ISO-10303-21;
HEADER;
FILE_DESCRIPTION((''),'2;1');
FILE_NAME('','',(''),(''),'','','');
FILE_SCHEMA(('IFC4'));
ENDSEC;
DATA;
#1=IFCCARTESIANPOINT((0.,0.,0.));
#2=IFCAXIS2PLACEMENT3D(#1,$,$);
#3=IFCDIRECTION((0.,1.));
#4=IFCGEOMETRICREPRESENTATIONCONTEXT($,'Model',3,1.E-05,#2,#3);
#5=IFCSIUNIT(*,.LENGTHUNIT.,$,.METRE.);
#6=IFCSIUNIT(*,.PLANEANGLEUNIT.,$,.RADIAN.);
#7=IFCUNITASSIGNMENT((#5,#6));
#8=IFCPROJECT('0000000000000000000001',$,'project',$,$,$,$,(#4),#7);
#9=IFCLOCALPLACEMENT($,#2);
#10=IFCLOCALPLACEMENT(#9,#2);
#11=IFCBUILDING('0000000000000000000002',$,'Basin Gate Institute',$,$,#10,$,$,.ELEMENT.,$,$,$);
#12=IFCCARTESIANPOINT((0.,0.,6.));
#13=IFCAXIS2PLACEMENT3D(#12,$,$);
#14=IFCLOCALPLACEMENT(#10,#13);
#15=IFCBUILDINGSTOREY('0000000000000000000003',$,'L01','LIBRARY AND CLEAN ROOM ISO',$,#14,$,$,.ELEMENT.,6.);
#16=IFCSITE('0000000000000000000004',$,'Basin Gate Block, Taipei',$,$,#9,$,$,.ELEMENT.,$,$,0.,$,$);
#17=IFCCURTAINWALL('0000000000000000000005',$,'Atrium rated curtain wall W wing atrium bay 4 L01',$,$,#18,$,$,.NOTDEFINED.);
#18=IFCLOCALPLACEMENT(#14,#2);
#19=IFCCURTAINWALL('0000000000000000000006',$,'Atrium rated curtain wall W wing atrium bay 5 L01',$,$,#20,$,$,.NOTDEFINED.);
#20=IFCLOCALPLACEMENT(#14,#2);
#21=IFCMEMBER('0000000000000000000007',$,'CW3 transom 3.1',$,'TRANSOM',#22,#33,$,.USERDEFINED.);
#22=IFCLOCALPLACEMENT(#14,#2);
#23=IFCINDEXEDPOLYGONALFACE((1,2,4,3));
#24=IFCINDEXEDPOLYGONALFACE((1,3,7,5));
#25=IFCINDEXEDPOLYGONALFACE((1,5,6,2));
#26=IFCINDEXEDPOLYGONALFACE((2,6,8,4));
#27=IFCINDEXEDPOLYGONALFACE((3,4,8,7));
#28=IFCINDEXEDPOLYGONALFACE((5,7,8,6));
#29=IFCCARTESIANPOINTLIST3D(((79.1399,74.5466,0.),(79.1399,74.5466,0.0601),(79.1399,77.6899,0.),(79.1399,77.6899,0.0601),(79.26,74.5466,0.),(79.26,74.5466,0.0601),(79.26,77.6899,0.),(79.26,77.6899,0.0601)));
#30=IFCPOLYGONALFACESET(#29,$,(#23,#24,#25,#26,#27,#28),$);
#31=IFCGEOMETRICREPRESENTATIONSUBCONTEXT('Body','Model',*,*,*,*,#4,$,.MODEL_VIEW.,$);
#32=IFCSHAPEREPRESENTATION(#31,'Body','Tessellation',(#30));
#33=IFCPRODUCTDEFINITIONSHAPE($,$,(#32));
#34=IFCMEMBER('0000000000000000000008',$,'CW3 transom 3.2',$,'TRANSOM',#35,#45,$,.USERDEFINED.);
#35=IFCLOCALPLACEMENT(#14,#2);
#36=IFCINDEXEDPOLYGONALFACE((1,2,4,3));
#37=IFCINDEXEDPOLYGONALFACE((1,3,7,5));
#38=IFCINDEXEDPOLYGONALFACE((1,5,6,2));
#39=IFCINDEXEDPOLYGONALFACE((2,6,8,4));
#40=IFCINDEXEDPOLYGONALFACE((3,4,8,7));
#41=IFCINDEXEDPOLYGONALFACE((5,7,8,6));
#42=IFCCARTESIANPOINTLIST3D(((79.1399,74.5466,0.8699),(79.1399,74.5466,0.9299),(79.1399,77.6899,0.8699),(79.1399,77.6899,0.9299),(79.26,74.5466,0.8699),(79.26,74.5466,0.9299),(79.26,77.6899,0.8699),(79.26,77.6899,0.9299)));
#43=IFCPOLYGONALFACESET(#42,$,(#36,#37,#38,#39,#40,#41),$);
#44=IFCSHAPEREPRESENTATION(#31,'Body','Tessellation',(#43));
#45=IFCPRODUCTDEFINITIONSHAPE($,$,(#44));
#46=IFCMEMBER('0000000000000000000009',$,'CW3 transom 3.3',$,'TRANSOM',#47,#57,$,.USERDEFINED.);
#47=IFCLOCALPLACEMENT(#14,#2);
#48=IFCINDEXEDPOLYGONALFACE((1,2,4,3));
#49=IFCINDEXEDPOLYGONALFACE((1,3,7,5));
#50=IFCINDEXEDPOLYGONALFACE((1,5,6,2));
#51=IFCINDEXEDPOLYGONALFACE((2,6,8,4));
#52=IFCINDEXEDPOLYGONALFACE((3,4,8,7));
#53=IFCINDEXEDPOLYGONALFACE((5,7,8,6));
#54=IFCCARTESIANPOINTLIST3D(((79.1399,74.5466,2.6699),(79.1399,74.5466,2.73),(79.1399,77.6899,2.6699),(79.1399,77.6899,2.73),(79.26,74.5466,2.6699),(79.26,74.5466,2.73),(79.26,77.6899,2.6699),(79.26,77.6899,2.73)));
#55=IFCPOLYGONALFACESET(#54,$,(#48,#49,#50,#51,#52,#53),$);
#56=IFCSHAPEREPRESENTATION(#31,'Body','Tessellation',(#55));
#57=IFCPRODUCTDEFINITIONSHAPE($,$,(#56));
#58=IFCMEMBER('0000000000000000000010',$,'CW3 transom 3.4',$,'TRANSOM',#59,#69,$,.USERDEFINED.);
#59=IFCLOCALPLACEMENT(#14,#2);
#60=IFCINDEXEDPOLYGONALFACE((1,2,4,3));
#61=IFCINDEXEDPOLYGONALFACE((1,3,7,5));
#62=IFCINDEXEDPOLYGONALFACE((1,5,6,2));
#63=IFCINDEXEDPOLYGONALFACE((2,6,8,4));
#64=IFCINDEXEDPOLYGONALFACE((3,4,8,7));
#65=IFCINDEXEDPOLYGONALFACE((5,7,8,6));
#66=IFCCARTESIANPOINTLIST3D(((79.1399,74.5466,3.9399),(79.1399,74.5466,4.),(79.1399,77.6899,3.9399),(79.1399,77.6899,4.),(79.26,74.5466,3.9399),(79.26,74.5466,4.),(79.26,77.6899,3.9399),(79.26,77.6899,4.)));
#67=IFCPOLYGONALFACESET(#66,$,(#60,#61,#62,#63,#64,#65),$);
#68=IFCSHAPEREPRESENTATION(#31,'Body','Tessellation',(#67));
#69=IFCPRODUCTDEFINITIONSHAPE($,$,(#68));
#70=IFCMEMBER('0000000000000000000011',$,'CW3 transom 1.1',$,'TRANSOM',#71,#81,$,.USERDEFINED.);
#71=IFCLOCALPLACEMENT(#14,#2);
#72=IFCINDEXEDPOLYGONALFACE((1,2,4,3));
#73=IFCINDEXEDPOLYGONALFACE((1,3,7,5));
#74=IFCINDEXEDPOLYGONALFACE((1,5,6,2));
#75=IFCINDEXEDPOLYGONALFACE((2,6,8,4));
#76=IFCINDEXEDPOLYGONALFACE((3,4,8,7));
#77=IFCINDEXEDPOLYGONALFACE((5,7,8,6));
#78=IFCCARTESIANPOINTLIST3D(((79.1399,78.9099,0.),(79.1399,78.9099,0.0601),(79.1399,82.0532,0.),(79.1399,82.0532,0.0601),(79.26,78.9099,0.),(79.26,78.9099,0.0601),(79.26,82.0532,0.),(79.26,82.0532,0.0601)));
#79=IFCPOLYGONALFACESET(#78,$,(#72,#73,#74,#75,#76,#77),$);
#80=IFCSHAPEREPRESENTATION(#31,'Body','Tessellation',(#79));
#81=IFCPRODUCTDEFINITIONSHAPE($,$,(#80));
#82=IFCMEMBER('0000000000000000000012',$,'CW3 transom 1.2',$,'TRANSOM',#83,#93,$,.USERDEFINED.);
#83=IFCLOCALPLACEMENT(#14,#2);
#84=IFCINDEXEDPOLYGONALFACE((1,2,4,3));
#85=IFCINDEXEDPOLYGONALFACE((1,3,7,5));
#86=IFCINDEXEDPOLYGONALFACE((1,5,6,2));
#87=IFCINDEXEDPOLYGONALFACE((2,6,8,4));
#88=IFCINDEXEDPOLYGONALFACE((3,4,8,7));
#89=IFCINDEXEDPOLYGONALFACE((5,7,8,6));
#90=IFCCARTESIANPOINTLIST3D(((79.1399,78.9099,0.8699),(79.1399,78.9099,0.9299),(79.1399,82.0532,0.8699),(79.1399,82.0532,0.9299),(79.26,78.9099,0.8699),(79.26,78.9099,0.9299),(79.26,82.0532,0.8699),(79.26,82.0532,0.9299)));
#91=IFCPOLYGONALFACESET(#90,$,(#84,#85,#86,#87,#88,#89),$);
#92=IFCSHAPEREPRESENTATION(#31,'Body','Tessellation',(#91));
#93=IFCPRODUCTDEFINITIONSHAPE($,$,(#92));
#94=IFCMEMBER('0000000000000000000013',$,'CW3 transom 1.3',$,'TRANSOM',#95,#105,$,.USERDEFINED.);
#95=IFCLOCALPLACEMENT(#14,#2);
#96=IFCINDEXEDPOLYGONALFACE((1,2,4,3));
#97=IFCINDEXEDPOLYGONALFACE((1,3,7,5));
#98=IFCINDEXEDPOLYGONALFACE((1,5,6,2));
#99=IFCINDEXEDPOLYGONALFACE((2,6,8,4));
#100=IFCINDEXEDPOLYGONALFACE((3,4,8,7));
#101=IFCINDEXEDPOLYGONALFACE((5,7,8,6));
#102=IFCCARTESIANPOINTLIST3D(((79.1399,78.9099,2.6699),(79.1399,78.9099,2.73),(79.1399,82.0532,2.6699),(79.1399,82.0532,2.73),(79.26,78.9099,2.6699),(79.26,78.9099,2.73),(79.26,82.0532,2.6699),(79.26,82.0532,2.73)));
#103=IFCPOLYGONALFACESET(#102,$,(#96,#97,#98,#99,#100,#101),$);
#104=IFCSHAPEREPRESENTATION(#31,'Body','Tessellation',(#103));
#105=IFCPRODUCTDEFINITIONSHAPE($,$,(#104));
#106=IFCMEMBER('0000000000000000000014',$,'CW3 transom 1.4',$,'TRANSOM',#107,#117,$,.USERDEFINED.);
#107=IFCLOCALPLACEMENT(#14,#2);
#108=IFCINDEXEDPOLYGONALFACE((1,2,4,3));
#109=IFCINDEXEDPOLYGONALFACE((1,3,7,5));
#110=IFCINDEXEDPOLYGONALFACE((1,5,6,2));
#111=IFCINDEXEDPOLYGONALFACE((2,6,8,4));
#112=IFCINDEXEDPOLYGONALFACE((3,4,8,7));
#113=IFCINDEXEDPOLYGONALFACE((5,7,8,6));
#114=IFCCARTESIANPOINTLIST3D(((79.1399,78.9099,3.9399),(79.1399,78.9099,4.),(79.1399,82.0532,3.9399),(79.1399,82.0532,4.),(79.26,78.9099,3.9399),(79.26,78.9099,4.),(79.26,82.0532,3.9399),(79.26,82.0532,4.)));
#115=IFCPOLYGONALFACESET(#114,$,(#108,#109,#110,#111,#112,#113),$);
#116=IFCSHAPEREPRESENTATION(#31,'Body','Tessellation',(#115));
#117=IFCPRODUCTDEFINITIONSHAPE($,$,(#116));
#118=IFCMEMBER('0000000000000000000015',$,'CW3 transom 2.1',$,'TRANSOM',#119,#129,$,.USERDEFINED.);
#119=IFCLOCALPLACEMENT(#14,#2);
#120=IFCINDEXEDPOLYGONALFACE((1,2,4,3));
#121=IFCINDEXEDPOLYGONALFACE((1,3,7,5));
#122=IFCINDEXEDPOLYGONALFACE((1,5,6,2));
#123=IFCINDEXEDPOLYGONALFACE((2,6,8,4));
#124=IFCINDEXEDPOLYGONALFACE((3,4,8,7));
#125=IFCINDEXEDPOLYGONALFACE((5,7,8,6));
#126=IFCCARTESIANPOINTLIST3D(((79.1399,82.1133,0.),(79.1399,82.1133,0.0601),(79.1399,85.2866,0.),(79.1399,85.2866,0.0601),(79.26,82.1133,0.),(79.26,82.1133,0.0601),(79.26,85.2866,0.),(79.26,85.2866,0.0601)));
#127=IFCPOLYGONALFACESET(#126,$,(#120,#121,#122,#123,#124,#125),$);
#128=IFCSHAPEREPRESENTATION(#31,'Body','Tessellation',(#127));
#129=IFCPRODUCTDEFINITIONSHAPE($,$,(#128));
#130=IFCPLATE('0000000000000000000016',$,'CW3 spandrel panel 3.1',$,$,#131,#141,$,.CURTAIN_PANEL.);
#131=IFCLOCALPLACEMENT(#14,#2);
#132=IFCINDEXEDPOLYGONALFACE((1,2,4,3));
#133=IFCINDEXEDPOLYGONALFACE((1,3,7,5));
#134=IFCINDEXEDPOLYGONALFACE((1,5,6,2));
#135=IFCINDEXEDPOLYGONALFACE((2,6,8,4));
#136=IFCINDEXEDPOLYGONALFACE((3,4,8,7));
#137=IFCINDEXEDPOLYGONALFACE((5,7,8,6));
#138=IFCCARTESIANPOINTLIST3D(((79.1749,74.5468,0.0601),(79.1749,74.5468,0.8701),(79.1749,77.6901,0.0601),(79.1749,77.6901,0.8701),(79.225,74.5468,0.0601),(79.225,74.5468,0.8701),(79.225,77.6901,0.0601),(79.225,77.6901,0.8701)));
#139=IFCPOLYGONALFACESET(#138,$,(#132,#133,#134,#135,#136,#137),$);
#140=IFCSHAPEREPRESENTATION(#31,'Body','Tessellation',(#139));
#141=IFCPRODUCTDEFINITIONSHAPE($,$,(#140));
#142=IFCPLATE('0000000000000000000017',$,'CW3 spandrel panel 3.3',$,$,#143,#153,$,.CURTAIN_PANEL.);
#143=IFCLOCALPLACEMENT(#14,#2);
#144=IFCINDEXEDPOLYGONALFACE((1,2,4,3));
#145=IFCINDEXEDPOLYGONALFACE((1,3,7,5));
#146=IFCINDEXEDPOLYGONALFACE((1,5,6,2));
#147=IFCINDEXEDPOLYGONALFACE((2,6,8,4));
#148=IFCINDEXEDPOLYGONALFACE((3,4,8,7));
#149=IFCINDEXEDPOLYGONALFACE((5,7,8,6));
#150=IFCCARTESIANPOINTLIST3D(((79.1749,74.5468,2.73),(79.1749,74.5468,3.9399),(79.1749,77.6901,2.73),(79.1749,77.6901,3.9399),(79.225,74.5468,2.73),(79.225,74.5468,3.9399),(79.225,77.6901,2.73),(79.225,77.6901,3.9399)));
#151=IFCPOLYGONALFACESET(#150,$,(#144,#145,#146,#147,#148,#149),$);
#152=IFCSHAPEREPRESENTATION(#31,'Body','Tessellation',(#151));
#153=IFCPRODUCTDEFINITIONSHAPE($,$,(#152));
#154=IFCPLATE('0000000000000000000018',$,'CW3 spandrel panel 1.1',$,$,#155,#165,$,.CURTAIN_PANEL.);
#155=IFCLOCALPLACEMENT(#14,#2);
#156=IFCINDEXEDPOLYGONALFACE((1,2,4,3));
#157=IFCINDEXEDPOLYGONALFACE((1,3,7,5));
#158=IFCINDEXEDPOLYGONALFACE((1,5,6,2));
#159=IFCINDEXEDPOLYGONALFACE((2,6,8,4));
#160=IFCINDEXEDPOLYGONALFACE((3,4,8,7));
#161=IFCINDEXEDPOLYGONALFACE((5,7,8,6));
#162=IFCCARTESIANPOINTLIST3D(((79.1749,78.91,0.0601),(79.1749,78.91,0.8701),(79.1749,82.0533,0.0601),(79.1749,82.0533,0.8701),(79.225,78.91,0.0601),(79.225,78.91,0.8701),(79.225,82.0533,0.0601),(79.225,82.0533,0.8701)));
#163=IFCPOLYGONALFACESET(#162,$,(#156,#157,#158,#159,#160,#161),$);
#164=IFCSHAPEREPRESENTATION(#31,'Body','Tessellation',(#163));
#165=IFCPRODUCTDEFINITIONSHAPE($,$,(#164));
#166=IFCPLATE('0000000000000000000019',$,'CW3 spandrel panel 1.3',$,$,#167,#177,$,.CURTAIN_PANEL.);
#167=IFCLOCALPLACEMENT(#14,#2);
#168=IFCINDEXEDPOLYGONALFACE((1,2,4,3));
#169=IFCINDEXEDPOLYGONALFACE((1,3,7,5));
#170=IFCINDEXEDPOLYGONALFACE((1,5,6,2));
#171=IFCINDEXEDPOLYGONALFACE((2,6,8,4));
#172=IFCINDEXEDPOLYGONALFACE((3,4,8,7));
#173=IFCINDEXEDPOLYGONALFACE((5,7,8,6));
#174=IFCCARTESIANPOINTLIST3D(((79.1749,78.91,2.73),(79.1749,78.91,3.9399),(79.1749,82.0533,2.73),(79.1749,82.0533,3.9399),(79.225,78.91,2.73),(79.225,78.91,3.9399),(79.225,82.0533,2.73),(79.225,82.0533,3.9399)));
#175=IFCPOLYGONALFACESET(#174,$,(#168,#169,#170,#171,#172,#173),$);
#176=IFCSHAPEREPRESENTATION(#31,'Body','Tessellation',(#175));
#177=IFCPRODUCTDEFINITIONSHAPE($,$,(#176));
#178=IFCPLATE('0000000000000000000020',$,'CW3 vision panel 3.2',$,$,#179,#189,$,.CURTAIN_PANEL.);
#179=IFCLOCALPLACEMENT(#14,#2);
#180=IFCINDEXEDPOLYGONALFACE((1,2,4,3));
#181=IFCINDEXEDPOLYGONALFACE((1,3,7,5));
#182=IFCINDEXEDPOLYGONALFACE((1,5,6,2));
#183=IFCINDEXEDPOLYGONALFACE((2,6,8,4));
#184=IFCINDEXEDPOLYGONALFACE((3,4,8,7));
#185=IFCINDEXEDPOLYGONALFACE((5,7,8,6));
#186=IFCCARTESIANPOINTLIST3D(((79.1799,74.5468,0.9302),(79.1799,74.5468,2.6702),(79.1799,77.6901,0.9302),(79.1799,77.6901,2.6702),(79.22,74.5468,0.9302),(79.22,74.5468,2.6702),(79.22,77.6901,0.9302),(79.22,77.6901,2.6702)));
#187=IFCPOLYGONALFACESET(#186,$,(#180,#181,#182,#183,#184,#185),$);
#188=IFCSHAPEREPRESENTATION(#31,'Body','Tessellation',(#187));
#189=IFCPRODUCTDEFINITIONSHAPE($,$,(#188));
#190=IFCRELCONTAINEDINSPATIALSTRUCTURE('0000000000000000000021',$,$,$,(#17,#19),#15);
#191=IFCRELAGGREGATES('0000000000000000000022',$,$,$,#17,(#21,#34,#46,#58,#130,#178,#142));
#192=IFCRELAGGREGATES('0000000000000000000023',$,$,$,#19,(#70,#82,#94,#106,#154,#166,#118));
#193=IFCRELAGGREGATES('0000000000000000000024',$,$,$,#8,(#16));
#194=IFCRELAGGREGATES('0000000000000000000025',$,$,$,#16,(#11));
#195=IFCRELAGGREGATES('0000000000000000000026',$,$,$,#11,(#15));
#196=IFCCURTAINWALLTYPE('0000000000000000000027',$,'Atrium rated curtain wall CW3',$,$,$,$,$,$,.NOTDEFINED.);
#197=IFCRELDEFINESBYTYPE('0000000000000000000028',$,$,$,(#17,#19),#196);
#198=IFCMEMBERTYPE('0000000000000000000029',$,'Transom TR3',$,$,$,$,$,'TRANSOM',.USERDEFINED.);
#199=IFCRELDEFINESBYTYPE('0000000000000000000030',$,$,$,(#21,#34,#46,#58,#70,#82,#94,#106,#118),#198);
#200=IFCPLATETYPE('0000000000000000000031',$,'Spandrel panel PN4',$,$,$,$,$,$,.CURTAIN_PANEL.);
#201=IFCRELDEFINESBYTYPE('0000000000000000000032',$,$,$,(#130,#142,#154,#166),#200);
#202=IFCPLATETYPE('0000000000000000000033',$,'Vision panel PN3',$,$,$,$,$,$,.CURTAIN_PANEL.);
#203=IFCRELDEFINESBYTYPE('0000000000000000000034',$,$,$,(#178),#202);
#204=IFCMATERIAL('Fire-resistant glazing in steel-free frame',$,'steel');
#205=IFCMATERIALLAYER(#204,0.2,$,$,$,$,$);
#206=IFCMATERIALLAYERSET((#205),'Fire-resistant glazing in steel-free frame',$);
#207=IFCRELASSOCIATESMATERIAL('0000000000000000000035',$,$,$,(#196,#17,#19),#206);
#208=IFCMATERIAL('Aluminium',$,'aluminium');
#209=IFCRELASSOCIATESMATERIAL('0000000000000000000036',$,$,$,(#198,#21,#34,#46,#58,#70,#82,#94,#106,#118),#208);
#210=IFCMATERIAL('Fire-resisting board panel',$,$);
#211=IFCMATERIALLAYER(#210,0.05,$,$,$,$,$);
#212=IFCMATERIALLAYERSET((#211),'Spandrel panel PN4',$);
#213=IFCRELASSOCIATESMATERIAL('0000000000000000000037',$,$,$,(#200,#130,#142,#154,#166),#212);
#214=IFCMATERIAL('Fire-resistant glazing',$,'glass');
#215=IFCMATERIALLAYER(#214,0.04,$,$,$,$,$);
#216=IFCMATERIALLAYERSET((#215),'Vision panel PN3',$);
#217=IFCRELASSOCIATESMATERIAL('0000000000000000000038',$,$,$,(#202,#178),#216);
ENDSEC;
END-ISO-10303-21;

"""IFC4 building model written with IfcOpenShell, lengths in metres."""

from ifc_helpers import new_model, si_unit, direction, frame, origin, origin_2d, place, context, subcontext, project, spatial, rectangle, extrude, material, layer, layer_set, material_profile, profile_set, type_object, element, aggregate, save


model = new_model("IFC4")

# Units and contexts
model_context = context("Model", 3, precision=1e-05, world=origin(), true_north=direction((0.0, 1.0)))
body_context = subcontext(model_context, "Body", "Model", "MODEL_VIEW")
ifc_project = project(units=[si_unit("LENGTHUNIT", "METRE"), si_unit("PLANEANGLEUNIT", "RADIAN")], contexts=[model_context])

# Site, building, storey
site_placement = place(None, origin())
site = spatial("IfcSite", under=ifc_project, at=site_placement, Name="Basin Gate Block, Taipei", CompositionType="ELEMENT", RefElevation=0.0)
building_placement = place(site_placement, origin())
building = spatial("IfcBuilding", under=site, at=building_placement, Name="Basin Gate Institute", CompositionType="ELEMENT")
storey_placement = place(building_placement, frame((0.0, 0.0, 6.0)))
storey = spatial("IfcBuildingStorey", under=building, at=storey_placement, Name="L01", Description="LIBRARY AND CLEAN ROOM ISO", CompositionType="ELEMENT", Elevation=6.0)

# Curtain walls
ifc_material_1 = material(Name="Fire-resistant glazing in steel-free frame", Category="steel")
ifc_layer_1 = layer(ifc_material_1, 0.2)
ifc_layer_set_1 = layer_set([ifc_layer_1], Name="Fire-resistant glazing in steel-free frame")
curtain_wall_type = type_object("IfcCurtainWallType", Name="Atrium rated curtain wall CW3", PredefinedType="NOTDEFINED", material=ifc_layer_set_1)
curtain_wall_1_placement = place(storey_placement, origin())
curtain_wall_1 = element("IfcCurtainWall", 1, at=curtain_wall_1_placement, inside=storey, type_object=curtain_wall_type, material=ifc_layer_set_1, Name="Atrium rated curtain wall W wing atrium bay 4 L01", PredefinedType="NOTDEFINED")
curtain_wall_2_placement = place(storey_placement, origin())
curtain_wall_2 = element("IfcCurtainWall", 2, at=curtain_wall_2_placement, inside=storey, type_object=curtain_wall_type, material=ifc_layer_set_1, Name="Atrium rated curtain wall W wing atrium bay 5 L01", PredefinedType="NOTDEFINED")

# Members
ifc_material_2 = material(Name="Aluminium", Category="aluminium")
ifc_material_profile_1 = material_profile(ifc_material_2, rectangle(XDim=0.1201, YDim=0.0601, at=origin_2d()), Name="Transom TR3 120 x 60")
ifc_profile_set_1 = profile_set([ifc_material_profile_1], Name="Aluminium")
member_type_1 = type_object("IfcMemberType", Name="Transom TR3", ElementType="TRANSOM", PredefinedType="USERDEFINED", material=ifc_profile_set_1)
member_1_placement = place(storey_placement, frame((79.2, 74.5466, 0.03), z_axis=(0.0, 1.0, 0.0), x_axis=(-1.0, 0.0, 0.0)))
member_1 = element("IfcMember", 3, at=member_1_placement, type_object=member_type_1, material=ifc_profile_set_1, Name="CW3 transom 3.1", ObjectType="TRANSOM", PredefinedType="USERDEFINED", context=body_context, shape_type="SweptSolid", body=[
    extrude(rectangle(XDim=0.1201, YDim=0.0601, at=origin_2d()), origin(), (0.0, 0.0, 1.0), 3.1433),
])
member_2_placement = place(storey_placement, frame((79.2, 74.5466, 0.8999), z_axis=(0.0, 1.0, 0.0), x_axis=(-1.0, 0.0, 0.0)))
member_2 = element("IfcMember", 4, at=member_2_placement, type_object=member_type_1, material=ifc_profile_set_1, Name="CW3 transom 3.2", ObjectType="TRANSOM", PredefinedType="USERDEFINED", context=body_context, shape_type="SweptSolid", body=[
    extrude(rectangle(XDim=0.1201, YDim=0.0601, at=origin_2d()), origin(), (0.0, 0.0, 1.0), 3.1433),
])
member_3_placement = place(storey_placement, frame((79.2, 74.5466, 2.7), z_axis=(0.0, 1.0, 0.0), x_axis=(-1.0, 0.0, 0.0)))
member_3 = element("IfcMember", 5, at=member_3_placement, type_object=member_type_1, material=ifc_profile_set_1, Name="CW3 transom 3.3", ObjectType="TRANSOM", PredefinedType="USERDEFINED", context=body_context, shape_type="SweptSolid", body=[
    extrude(rectangle(XDim=0.1201, YDim=0.0601, at=origin_2d()), origin(), (0.0, 0.0, 1.0), 3.1433),
])
member_4_placement = place(storey_placement, frame((79.2, 74.5466, 3.97), z_axis=(0.0, 1.0, 0.0), x_axis=(-1.0, 0.0, 0.0)))
member_4 = element("IfcMember", 6, at=member_4_placement, type_object=member_type_1, material=ifc_profile_set_1, Name="CW3 transom 3.4", ObjectType="TRANSOM", PredefinedType="USERDEFINED", context=body_context, shape_type="SweptSolid", body=[
    extrude(rectangle(XDim=0.1201, YDim=0.0601, at=origin_2d()), origin(), (0.0, 0.0, 1.0), 3.1433),
])
member_5_placement = place(storey_placement, frame((79.2, 78.9099, 0.03), z_axis=(0.0, 1.0, 0.0), x_axis=(-1.0, 0.0, 0.0)))
member_5 = element("IfcMember", 7, at=member_5_placement, type_object=member_type_1, material=ifc_profile_set_1, Name="CW3 transom 1.1", ObjectType="TRANSOM", PredefinedType="USERDEFINED", context=body_context, shape_type="SweptSolid", body=[
    extrude(rectangle(XDim=0.1201, YDim=0.0601, at=origin_2d()), origin(), (0.0, 0.0, 1.0), 3.1433),
])
member_6_placement = place(storey_placement, frame((79.2, 78.9099, 0.8999), z_axis=(0.0, 1.0, 0.0), x_axis=(-1.0, 0.0, 0.0)))
member_6 = element("IfcMember", 8, at=member_6_placement, type_object=member_type_1, material=ifc_profile_set_1, Name="CW3 transom 1.2", ObjectType="TRANSOM", PredefinedType="USERDEFINED", context=body_context, shape_type="SweptSolid", body=[
    extrude(rectangle(XDim=0.1201, YDim=0.0601, at=origin_2d()), origin(), (0.0, 0.0, 1.0), 3.1433),
])
member_7_placement = place(storey_placement, frame((79.2, 78.9099, 2.7), z_axis=(0.0, 1.0, 0.0), x_axis=(-1.0, 0.0, 0.0)))
member_7 = element("IfcMember", 9, at=member_7_placement, type_object=member_type_1, material=ifc_profile_set_1, Name="CW3 transom 1.3", ObjectType="TRANSOM", PredefinedType="USERDEFINED", context=body_context, shape_type="SweptSolid", body=[
    extrude(rectangle(XDim=0.1201, YDim=0.0601, at=origin_2d()), origin(), (0.0, 0.0, 1.0), 3.1433),
])
member_8_placement = place(storey_placement, frame((79.2, 78.9099, 3.97), z_axis=(0.0, 1.0, 0.0), x_axis=(-1.0, 0.0, 0.0)))
member_8 = element("IfcMember", 10, at=member_8_placement, type_object=member_type_1, material=ifc_profile_set_1, Name="CW3 transom 1.4", ObjectType="TRANSOM", PredefinedType="USERDEFINED", context=body_context, shape_type="SweptSolid", body=[
    extrude(rectangle(XDim=0.1201, YDim=0.0601, at=origin_2d()), origin(), (0.0, 0.0, 1.0), 3.1433),
])
member_9_placement = place(storey_placement, frame((79.2, 82.1133, 0.03), z_axis=(0.0, 1.0, 0.0), x_axis=(-1.0, 0.0, 0.0)))
member_9 = element("IfcMember", 11, at=member_9_placement, type_object=member_type_1, material=ifc_profile_set_1, Name="CW3 transom 2.1", ObjectType="TRANSOM", PredefinedType="USERDEFINED", context=body_context, shape_type="SweptSolid", body=[
    extrude(rectangle(XDim=0.1201, YDim=0.0601, at=origin_2d()), origin(), (0.0, 0.0, 1.0), 3.1733),
])

# Plates
ifc_material_3 = material(Name="Fire-resisting board panel")
ifc_layer_2 = layer(ifc_material_3, 0.05)
ifc_layer_set_2 = layer_set([ifc_layer_2], Name="Spandrel panel PN4")
plate_type_1 = type_object("IfcPlateType", Name="Spandrel panel PN4", PredefinedType="CURTAIN_PANEL", material=ifc_layer_set_2)
plate_1_placement = place(storey_placement, frame((79.2, 76.1184, 0.0601), z_axis=(0.0, 0.0, 1.0), x_axis=(0.0, 1.0, 0.0)))
plate_1 = element("IfcPlate", 12, at=plate_1_placement, type_object=plate_type_1, material=ifc_layer_set_2, Name="CW3 spandrel panel 3.1", PredefinedType="CURTAIN_PANEL", context=body_context, shape_type="SweptSolid", body=[
    extrude(rectangle(XDim=3.1433, YDim=0.05, at=origin_2d()), origin(), (0.0, 0.0, 1.0), 0.8101),
])
plate_2_placement = place(storey_placement, frame((79.2, 76.1184, 2.73), z_axis=(0.0, 0.0, 1.0), x_axis=(0.0, 1.0, 0.0)))
plate_2 = element("IfcPlate", 13, at=plate_2_placement, type_object=plate_type_1, material=ifc_layer_set_2, Name="CW3 spandrel panel 3.3", PredefinedType="CURTAIN_PANEL", context=body_context, shape_type="SweptSolid", body=[
    extrude(rectangle(XDim=3.1433, YDim=0.05, at=origin_2d()), origin(), (0.0, 0.0, 1.0), 1.21),
])
plate_3_placement = place(storey_placement, frame((79.2, 80.4817, 0.0601), z_axis=(0.0, 0.0, 1.0), x_axis=(0.0, 1.0, 0.0)))
plate_3 = element("IfcPlate", 14, at=plate_3_placement, type_object=plate_type_1, material=ifc_layer_set_2, Name="CW3 spandrel panel 1.1", PredefinedType="CURTAIN_PANEL", context=body_context, shape_type="SweptSolid", body=[
    extrude(rectangle(XDim=3.1433, YDim=0.05, at=origin_2d()), origin(), (0.0, 0.0, 1.0), 0.8101),
])
plate_4_placement = place(storey_placement, frame((79.2, 80.4817, 2.73), z_axis=(0.0, 0.0, 1.0), x_axis=(0.0, 1.0, 0.0)))
plate_4 = element("IfcPlate", 15, at=plate_4_placement, type_object=plate_type_1, material=ifc_layer_set_2, Name="CW3 spandrel panel 1.3", PredefinedType="CURTAIN_PANEL", context=body_context, shape_type="SweptSolid", body=[
    extrude(rectangle(XDim=3.1433, YDim=0.05, at=origin_2d()), origin(), (0.0, 0.0, 1.0), 1.21),
])
ifc_material_4 = material(Name="Fire-resistant glazing", Category="glass")
ifc_layer_3 = layer(ifc_material_4, 0.04)
ifc_layer_set_3 = layer_set([ifc_layer_3], Name="Vision panel PN3")
plate_type_2 = type_object("IfcPlateType", Name="Vision panel PN3", PredefinedType="CURTAIN_PANEL", material=ifc_layer_set_3)
plate_5_placement = place(storey_placement, frame((79.2, 76.1184, 0.9302), z_axis=(0.0, 0.0, 1.0), x_axis=(0.0, 1.0, 0.0)))
plate_5 = element("IfcPlate", 16, at=plate_5_placement, type_object=plate_type_2, material=ifc_layer_set_3, Name="CW3 vision panel 3.2", PredefinedType="CURTAIN_PANEL", context=body_context, shape_type="SweptSolid", body=[
    extrude(rectangle(XDim=3.1433, YDim=0.04, at=origin_2d()), origin(), (0.0, 0.0, 1.0), 1.74),
])
aggregate(curtain_wall_1, [member_1, member_2, member_3, member_4, plate_1, plate_5, plate_2])
aggregate(curtain_wall_2, [member_5, member_6, member_7, member_8, plate_3, plate_4, member_9])

save(model, "model.ifc")
